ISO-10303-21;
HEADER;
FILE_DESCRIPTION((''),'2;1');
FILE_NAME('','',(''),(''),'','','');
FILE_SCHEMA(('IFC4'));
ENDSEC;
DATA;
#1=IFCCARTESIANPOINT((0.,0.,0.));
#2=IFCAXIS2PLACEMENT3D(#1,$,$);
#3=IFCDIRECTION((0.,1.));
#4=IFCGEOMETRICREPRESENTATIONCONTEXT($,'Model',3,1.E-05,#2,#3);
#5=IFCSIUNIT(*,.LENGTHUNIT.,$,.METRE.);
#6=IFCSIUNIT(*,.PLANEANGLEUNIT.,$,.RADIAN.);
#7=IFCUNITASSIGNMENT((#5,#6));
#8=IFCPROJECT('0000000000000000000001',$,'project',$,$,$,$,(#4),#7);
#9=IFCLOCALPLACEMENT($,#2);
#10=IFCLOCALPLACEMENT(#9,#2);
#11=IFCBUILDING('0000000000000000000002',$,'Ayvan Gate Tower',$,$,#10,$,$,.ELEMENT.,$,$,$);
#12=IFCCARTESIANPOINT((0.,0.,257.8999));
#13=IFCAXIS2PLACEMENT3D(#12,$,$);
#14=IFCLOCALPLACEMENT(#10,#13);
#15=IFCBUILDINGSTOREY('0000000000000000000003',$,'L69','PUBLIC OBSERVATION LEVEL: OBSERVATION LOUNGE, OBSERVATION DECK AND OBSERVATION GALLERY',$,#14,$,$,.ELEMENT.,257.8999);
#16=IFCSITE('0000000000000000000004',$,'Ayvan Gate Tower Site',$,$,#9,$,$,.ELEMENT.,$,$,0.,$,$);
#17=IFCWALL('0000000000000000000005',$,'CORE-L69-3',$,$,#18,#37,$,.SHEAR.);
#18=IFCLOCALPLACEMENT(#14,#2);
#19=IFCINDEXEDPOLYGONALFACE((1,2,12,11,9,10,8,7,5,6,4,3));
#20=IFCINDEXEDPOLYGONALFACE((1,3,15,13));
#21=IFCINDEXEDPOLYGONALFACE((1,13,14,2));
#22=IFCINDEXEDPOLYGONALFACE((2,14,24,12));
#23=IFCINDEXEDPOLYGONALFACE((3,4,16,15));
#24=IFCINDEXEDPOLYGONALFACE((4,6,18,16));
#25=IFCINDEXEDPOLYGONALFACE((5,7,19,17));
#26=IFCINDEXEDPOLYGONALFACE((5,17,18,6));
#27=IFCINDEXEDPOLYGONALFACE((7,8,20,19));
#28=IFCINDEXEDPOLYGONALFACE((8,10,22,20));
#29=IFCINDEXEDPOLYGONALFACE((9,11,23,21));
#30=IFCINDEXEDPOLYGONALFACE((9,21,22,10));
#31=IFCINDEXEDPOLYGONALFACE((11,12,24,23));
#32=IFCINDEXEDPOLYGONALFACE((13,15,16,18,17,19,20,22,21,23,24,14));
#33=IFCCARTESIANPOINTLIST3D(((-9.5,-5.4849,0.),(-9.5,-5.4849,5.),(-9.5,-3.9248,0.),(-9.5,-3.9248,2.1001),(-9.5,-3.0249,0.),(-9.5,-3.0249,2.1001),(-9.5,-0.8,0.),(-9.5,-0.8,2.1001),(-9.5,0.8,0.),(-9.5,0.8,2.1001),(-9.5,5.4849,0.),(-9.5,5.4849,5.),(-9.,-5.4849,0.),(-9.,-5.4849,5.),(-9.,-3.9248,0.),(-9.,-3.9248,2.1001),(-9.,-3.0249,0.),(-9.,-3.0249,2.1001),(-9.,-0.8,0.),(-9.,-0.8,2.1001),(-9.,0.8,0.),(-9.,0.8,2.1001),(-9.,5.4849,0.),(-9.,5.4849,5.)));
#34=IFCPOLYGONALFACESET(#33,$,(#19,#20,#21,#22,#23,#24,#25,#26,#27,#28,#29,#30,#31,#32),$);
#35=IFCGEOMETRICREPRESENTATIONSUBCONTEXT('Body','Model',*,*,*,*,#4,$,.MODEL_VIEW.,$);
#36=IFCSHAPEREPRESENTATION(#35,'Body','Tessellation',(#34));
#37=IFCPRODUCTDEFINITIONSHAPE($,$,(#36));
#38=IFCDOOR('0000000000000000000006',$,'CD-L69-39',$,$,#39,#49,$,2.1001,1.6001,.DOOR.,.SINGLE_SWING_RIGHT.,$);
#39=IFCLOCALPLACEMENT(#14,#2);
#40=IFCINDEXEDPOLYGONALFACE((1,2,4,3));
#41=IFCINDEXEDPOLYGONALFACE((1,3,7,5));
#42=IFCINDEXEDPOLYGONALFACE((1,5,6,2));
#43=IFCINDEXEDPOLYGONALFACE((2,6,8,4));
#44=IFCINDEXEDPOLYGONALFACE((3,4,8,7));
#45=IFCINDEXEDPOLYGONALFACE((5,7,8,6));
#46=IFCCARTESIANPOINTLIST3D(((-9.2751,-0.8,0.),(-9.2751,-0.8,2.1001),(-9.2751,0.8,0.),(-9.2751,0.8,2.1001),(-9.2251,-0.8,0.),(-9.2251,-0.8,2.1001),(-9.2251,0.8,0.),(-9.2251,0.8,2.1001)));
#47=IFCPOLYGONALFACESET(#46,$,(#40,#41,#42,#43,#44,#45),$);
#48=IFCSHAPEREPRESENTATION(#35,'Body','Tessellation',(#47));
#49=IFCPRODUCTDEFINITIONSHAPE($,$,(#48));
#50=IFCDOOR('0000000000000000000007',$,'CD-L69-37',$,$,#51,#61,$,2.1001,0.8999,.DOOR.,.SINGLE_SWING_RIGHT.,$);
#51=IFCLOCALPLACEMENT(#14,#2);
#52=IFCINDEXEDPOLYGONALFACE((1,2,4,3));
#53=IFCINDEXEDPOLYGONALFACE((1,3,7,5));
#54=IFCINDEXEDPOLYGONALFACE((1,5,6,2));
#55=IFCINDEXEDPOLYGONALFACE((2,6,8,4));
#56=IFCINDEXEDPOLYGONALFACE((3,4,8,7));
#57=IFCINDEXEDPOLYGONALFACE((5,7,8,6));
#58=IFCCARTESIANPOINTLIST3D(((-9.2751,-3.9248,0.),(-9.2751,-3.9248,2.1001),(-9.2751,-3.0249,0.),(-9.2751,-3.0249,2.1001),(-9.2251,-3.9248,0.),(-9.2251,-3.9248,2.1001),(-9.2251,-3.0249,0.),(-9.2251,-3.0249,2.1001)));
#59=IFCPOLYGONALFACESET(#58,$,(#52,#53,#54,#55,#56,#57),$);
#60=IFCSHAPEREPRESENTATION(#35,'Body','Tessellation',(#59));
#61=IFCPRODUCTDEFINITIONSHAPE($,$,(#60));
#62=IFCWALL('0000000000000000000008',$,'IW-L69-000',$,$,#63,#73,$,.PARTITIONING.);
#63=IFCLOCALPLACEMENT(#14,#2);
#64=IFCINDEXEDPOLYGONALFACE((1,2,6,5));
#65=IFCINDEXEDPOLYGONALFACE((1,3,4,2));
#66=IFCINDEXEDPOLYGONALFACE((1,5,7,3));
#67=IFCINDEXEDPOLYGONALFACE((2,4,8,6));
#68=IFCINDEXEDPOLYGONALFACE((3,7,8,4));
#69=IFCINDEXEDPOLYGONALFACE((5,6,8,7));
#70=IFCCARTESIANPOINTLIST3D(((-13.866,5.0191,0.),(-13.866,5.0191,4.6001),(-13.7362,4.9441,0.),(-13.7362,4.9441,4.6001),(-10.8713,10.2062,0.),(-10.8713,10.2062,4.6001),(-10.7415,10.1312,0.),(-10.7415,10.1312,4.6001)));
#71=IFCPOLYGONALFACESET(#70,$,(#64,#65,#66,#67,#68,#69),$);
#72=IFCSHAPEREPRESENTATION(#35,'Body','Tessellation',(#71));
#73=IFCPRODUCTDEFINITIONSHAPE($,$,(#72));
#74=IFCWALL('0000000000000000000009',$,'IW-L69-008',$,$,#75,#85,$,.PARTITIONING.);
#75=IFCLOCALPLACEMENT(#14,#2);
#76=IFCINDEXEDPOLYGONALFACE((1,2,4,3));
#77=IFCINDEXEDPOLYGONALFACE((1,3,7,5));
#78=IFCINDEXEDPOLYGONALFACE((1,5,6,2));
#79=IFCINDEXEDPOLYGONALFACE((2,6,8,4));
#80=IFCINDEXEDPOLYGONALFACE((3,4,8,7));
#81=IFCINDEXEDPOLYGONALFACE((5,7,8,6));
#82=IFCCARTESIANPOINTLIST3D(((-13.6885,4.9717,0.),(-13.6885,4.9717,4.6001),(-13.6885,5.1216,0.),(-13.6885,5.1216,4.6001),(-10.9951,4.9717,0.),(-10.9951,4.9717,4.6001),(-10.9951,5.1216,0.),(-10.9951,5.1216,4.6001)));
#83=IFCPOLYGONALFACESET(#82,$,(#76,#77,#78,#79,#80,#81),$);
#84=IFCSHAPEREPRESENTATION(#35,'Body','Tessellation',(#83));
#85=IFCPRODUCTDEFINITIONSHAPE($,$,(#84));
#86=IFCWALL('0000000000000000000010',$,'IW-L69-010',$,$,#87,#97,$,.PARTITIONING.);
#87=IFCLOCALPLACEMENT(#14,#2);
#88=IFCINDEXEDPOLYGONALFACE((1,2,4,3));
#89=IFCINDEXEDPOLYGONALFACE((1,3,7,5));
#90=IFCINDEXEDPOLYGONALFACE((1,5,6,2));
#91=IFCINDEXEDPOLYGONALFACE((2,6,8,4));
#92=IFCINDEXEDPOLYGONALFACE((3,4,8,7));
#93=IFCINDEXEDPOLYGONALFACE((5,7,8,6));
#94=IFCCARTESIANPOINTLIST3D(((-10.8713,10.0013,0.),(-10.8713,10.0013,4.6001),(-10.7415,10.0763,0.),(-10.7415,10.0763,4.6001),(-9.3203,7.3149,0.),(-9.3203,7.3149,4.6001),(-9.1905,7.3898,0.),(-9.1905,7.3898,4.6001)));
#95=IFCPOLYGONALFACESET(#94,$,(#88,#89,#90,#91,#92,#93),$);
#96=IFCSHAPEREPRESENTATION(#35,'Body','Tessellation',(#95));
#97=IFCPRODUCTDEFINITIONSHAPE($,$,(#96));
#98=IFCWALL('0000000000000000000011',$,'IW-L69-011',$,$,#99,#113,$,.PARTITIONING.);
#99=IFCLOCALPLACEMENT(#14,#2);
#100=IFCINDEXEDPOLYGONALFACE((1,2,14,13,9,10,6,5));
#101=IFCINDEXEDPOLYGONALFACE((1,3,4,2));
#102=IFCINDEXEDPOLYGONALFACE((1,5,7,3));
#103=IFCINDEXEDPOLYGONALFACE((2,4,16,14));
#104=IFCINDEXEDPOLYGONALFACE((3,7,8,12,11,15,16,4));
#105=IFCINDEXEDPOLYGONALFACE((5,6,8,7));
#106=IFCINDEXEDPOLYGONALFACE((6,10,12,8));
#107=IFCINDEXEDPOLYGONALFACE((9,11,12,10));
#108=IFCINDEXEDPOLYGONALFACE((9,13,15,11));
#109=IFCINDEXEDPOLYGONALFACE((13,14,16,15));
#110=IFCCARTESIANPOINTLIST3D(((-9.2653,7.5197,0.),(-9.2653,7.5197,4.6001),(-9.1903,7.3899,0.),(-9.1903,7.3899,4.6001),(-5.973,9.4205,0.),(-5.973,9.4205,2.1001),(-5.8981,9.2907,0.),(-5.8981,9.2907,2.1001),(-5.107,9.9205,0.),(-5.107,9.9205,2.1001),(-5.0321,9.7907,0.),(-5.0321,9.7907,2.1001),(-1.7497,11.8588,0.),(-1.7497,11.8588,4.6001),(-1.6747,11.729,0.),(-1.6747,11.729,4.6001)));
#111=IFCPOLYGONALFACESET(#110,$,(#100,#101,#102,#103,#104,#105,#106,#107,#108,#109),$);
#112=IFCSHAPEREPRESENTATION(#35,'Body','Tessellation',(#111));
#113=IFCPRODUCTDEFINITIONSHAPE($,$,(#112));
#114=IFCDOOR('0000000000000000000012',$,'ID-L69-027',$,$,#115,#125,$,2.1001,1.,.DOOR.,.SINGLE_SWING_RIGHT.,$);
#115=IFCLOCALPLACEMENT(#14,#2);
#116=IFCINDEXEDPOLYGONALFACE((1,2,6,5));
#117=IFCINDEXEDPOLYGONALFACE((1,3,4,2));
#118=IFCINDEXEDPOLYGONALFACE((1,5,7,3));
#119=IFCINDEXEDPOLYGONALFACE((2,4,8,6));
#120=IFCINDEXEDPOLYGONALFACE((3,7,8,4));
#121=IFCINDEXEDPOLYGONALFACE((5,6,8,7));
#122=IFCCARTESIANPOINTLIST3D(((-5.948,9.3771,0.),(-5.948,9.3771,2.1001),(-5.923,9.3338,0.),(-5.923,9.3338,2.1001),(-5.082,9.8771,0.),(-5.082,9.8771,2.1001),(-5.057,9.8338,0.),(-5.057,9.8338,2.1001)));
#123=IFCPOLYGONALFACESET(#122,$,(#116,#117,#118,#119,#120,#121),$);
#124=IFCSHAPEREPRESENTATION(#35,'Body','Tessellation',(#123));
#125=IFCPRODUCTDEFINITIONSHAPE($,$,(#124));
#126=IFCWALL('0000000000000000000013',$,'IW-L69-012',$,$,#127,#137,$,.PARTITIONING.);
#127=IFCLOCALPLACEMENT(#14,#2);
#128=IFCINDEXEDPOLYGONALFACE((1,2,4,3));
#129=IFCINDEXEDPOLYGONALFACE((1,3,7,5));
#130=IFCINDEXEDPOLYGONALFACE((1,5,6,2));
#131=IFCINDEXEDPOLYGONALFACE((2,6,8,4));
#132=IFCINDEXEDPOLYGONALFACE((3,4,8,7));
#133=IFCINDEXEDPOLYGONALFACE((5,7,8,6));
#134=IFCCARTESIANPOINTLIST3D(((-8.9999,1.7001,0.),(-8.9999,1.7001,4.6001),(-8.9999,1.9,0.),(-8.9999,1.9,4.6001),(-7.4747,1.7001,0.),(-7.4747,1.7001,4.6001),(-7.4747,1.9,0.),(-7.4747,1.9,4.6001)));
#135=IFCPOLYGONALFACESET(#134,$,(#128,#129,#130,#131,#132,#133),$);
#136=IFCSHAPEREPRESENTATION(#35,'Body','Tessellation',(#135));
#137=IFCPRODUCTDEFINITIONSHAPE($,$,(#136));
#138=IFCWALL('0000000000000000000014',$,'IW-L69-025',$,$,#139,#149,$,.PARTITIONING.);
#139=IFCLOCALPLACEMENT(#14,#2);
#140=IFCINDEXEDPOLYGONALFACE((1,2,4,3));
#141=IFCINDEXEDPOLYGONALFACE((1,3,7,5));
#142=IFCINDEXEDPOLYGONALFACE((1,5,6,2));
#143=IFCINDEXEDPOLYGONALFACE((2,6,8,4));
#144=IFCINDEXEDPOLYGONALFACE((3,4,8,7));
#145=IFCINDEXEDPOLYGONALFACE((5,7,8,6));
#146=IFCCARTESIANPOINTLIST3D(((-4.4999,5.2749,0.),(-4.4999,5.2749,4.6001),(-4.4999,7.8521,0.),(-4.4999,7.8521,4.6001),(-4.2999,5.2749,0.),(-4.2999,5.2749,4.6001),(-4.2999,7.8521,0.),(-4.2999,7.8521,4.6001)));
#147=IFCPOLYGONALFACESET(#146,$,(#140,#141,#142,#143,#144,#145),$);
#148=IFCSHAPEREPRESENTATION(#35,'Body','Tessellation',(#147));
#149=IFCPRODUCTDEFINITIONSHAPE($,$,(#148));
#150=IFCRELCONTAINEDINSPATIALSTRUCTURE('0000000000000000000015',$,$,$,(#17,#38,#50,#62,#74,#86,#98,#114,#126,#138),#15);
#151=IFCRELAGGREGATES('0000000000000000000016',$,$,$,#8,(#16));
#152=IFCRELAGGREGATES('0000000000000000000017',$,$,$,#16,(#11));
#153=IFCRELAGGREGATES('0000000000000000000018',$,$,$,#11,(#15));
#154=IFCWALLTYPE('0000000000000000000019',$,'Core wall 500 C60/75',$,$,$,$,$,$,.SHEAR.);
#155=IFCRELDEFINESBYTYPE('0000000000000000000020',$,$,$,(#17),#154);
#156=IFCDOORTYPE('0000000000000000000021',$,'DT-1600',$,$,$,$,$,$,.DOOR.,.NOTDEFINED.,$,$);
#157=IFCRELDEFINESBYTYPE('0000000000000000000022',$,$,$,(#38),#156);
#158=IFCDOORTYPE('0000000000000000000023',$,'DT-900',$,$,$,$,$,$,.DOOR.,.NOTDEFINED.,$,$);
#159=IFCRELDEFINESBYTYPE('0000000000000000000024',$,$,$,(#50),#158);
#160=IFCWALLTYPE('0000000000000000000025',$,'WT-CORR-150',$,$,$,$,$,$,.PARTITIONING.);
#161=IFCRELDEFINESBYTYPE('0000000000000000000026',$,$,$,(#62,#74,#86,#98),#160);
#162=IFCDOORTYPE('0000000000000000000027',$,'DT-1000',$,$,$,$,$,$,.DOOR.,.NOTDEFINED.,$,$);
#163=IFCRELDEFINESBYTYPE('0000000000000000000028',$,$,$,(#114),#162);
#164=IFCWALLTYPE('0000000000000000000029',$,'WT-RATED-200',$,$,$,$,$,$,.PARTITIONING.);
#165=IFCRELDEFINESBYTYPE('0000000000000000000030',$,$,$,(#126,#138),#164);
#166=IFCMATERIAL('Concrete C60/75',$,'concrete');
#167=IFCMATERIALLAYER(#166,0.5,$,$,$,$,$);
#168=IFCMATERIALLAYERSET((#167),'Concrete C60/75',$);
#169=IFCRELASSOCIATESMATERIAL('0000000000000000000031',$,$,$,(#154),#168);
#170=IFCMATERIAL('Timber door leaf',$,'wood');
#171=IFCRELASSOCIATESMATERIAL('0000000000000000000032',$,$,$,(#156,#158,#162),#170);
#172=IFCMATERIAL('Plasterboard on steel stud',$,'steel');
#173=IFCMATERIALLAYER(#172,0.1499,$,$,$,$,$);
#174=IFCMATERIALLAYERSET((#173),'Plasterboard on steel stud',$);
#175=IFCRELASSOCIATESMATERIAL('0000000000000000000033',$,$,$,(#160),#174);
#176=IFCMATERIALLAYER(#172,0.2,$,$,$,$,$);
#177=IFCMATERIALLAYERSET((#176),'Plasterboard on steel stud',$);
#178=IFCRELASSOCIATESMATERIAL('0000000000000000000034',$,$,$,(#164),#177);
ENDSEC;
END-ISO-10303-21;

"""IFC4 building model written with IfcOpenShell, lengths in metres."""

from ifc_helpers import new_model, si_unit, direction, frame, frame_2d, origin, place, context, subcontext, project, spatial, rectangle, extrude, material, layer, layer_set, type_object, element, fill, save


model = new_model("IFC4")

# Units and contexts
model_context = context("Model", 3, precision=1e-05, world=origin(), true_north=direction((0.0, 1.0)))
body_context = subcontext(model_context, "Body", "Model", "MODEL_VIEW")
ifc_project = project(units=[si_unit("LENGTHUNIT", "METRE"), si_unit("PLANEANGLEUNIT", "RADIAN")], contexts=[model_context])

# Site, building, storey
site_placement = place(None, origin())
site = spatial("IfcSite", under=ifc_project, at=site_placement, Name="Ayvan Gate Tower Site", CompositionType="ELEMENT", RefElevation=0.0)
building_placement = place(site_placement, origin())
building = spatial("IfcBuilding", under=site, at=building_placement, Name="Ayvan Gate Tower", CompositionType="ELEMENT")
storey_placement = place(building_placement, frame((0.0, 0.0, 257.8999)))
storey = spatial("IfcBuildingStorey", under=building, at=storey_placement, Name="L69", Description="PUBLIC OBSERVATION LEVEL: OBSERVATION LOUNGE, OBSERVATION DECK AND OBSERVATION GALLERY", CompositionType="ELEMENT", Elevation=257.8999)

# Wall, openings, doors
ifc_material_1 = material(Name="Concrete C60/75", Category="concrete")
ifc_layer_1 = layer(ifc_material_1, 0.5)
ifc_layer_set_1 = layer_set([ifc_layer_1], Name="Concrete C60/75")
wall_type_1 = type_object("IfcWallType", Name="Core wall 500 C60/75", PredefinedType="SHEAR", material=ifc_layer_set_1)
wall_1_placement = place(storey_placement, frame((-9.25, 5.4849, 0.0), z_axis=(0.0, 0.0, 1.0), x_axis=(0.0, -1.0, 0.0)))
wall_1 = element("IfcWall", 1, at=wall_1_placement, inside=storey, type_object=wall_type_1, Name="CORE-L69-3", PredefinedType="SHEAR", context=body_context, shape_type="SweptSolid", body=[
    extrude(rectangle(XDim=10.9697, YDim=0.5, at=frame_2d((5.4849, 0.0))), origin(), (0.0, 0.0, 1.0), 5.0),
])
opening_1_placement = place(wall_1_placement, frame((8.5098, 0.0, 0.0)))
opening_1 = element("IfcOpeningElement", 2, at=opening_1_placement, cuts=wall_1, PredefinedType="OPENING", context=body_context, shape_type="SweptSolid", body=[
    extrude(rectangle(XDim=0.8999, YDim=2.1001, at=frame_2d((0.45, 1.05))), frame((0.0, 0.26, 0.0), z_axis=(0.0, -1.0, 0.0), x_axis=(1.0, 0.0, 0.0)), (0.0, 0.0, 1.0), 0.52),
])
opening_2_placement = place(wall_1_placement, frame((4.6848, 0.0, 0.0)))
opening_2 = element("IfcOpeningElement", 3, at=opening_2_placement, cuts=wall_1, PredefinedType="OPENING", context=body_context, shape_type="SweptSolid", body=[
    extrude(rectangle(XDim=1.6001, YDim=2.1001, at=frame_2d((0.8, 1.05))), frame((0.0, 0.26, 0.0), z_axis=(0.0, -1.0, 0.0), x_axis=(1.0, 0.0, 0.0)), (0.0, 0.0, 1.0), 0.52),
])
ifc_material_2 = material(Name="Timber door leaf", Category="wood")
door_type_1 = type_object("IfcDoorType", Name="DT-1600", OperationType="NOTDEFINED", PredefinedType="DOOR", material=ifc_material_2)
door_1_placement = place(opening_2_placement, origin())
door_1 = element("IfcDoor", 4, at=door_1_placement, inside=storey, type_object=door_type_1, Name="CD-L69-39", OperationType="SINGLE_SWING_RIGHT", OverallHeight=2.1001, OverallWidth=1.6001, PredefinedType="DOOR", context=body_context, shape_type="SweptSolid", body=[
    extrude(rectangle(XDim=1.6001, YDim=2.1001, at=frame_2d((0.8, 1.05))), frame((0.0, 0.0249, 0.0), z_axis=(0.0, -1.0, 0.0), x_axis=(1.0, 0.0, 0.0)), (0.0, 0.0, 1.0), 0.05),
])
fill(opening_2, door_1)
door_type_2 = type_object("IfcDoorType", Name="DT-900", OperationType="NOTDEFINED", PredefinedType="DOOR", material=ifc_material_2)
door_2_placement = place(opening_1_placement, origin())
door_2 = element("IfcDoor", 5, at=door_2_placement, inside=storey, type_object=door_type_2, Name="CD-L69-37", OperationType="SINGLE_SWING_RIGHT", OverallHeight=2.1001, OverallWidth=0.8999, PredefinedType="DOOR", context=body_context, shape_type="SweptSolid", body=[
    extrude(rectangle(XDim=0.8999, YDim=2.1001, at=frame_2d((0.45, 1.05))), frame((0.0, 0.0249, 0.0), z_axis=(0.0, -1.0, 0.0), x_axis=(1.0, 0.0, 0.0)), (0.0, 0.0, 1.0), 0.05),
])
fill(opening_1, door_2)

# Walls
ifc_material_3 = material(Name="Plasterboard on steel stud", Category="steel")
ifc_layer_2 = layer(ifc_material_3, 0.1499)
ifc_layer_set_2 = layer_set([ifc_layer_2], Name="Plasterboard on steel stud")
wall_type_2 = type_object("IfcWallType", Name="WT-CORR-150", PredefinedType="PARTITIONING", material=ifc_layer_set_2)
wall_2_placement = place(storey_placement, frame((-13.801, 4.9817, 0.0), z_axis=(0.0, 0.0, 1.0), x_axis=(0.499988, 0.866032, 0.0)))
element("IfcWall", 6, at=wall_2_placement, inside=storey, type_object=wall_type_2, Name="IW-L69-000", PredefinedType="PARTITIONING", context=body_context, shape_type="SweptSolid", body=[
    extrude(rectangle(XDim=5.9895, YDim=0.1499, at=frame_2d((2.9946, 0.0))), origin(), (0.0, 0.0, 1.0), 4.6001),
])
wall_3_placement = place(storey_placement, frame((-10.9951, 5.0466, 0.0), z_axis=(0.0, 0.0, 1.0), x_axis=(-1.0, 0.0, 0.0)))
element("IfcWall", 7, at=wall_3_placement, inside=storey, type_object=wall_type_2, Name="IW-L69-008", PredefinedType="PARTITIONING", context=body_context, shape_type="SweptSolid", body=[
    extrude(rectangle(XDim=2.6934, YDim=0.1499, at=frame_2d((1.3467, 0.0))), origin(), (0.0, 0.0, 1.0), 4.6001),
])
wall_4_placement = place(storey_placement, frame((-10.8064, 10.0388, 0.0), z_axis=(0.0, 0.0, 1.0), x_axis=(0.49999, -0.866031, 0.0)))
element("IfcWall", 8, at=wall_4_placement, inside=storey, type_object=wall_type_2, Name="IW-L69-010", PredefinedType="PARTITIONING", context=body_context, shape_type="SweptSolid", body=[
    extrude(rectangle(XDim=3.1021, YDim=0.1499, at=frame_2d((1.551, 0.0))), origin(), (0.0, 0.0, 1.0), 4.6001),
])

# Wall, opening, door
wall_5_placement = place(storey_placement, frame((-9.2278, 7.4548, 0.0), z_axis=(0.0, 0.0, 1.0), x_axis=(0.866027, 0.499997, 0.0)))
wall_5 = element("IfcWall", 9, at=wall_5_placement, inside=storey, type_object=wall_type_2, Name="IW-L69-011", PredefinedType="PARTITIONING", context=body_context, shape_type="SweptSolid", body=[
    extrude(rectangle(XDim=8.6782, YDim=0.1499, at=frame_2d((4.3391, 0.0))), origin(), (0.0, 0.0, 1.0), 4.6001),
])
opening_3_placement = place(wall_5_placement, frame((3.8015, 0.0, 0.0)))
opening_3 = element("IfcOpeningElement", 10, at=opening_3_placement, cuts=wall_5, PredefinedType="OPENING", context=body_context, shape_type="SweptSolid", body=[
    extrude(rectangle(XDim=1.0, YDim=2.1001, at=frame_2d((0.5, 1.05))), frame((0.0, 0.085, 0.0), z_axis=(0.0, -1.0, 0.0), x_axis=(1.0, 0.0, 0.0)), (0.0, 0.0, 1.0), 0.1699),
])
door_type_3 = type_object("IfcDoorType", Name="DT-1000", OperationType="NOTDEFINED", PredefinedType="DOOR", material=ifc_material_2)
door_3_placement = place(opening_3_placement, origin())
door_3 = element("IfcDoor", 11, at=door_3_placement, inside=storey, type_object=door_type_3, Name="ID-L69-027", OperationType="SINGLE_SWING_RIGHT", OverallHeight=2.1001, OverallWidth=1.0, PredefinedType="DOOR", context=body_context, shape_type="SweptSolid", body=[
    extrude(rectangle(XDim=1.0, YDim=2.1001, at=frame_2d((0.5, 1.05))), frame((0.0, 0.0249, 0.0), z_axis=(0.0, -1.0, 0.0), x_axis=(1.0, 0.0, 0.0)), (0.0, 0.0, 1.0), 0.05),
])
fill(opening_3, door_3)

# Walls
ifc_layer_3 = layer(ifc_material_3, 0.2)
ifc_layer_set_3 = layer_set([ifc_layer_3], Name="Plasterboard on steel stud")
wall_type_3 = type_object("IfcWallType", Name="WT-RATED-200", PredefinedType="PARTITIONING", material=ifc_layer_set_3)
wall_6_placement = place(storey_placement, frame((-9.0, 1.8, 0.0), z_axis=(0.0, 0.0, 1.0), x_axis=(1.0, 0.0, 0.0)))
element("IfcWall", 12, at=wall_6_placement, inside=storey, type_object=wall_type_3, Name="IW-L69-012", PredefinedType="PARTITIONING", context=body_context, shape_type="SweptSolid", body=[
    extrude(rectangle(XDim=1.5251, YDim=0.2, at=frame_2d((0.7627, 0.0))), origin(), (0.0, 0.0, 1.0), 4.6001),
])
wall_7_placement = place(storey_placement, frame((-4.3999, 7.8521, 0.0), z_axis=(0.0, 0.0, 1.0), x_axis=(0.0, -1.0, 0.0)))
element("IfcWall", 13, at=wall_7_placement, inside=storey, type_object=wall_type_3, Name="IW-L69-025", PredefinedType="PARTITIONING", context=body_context, shape_type="SweptSolid", body=[
    extrude(rectangle(XDim=2.5771, YDim=0.2, at=frame_2d((1.2886, 0.0))), origin(), (0.0, 0.0, 1.0), 4.6001),
])

save(model, "model.ifc")
